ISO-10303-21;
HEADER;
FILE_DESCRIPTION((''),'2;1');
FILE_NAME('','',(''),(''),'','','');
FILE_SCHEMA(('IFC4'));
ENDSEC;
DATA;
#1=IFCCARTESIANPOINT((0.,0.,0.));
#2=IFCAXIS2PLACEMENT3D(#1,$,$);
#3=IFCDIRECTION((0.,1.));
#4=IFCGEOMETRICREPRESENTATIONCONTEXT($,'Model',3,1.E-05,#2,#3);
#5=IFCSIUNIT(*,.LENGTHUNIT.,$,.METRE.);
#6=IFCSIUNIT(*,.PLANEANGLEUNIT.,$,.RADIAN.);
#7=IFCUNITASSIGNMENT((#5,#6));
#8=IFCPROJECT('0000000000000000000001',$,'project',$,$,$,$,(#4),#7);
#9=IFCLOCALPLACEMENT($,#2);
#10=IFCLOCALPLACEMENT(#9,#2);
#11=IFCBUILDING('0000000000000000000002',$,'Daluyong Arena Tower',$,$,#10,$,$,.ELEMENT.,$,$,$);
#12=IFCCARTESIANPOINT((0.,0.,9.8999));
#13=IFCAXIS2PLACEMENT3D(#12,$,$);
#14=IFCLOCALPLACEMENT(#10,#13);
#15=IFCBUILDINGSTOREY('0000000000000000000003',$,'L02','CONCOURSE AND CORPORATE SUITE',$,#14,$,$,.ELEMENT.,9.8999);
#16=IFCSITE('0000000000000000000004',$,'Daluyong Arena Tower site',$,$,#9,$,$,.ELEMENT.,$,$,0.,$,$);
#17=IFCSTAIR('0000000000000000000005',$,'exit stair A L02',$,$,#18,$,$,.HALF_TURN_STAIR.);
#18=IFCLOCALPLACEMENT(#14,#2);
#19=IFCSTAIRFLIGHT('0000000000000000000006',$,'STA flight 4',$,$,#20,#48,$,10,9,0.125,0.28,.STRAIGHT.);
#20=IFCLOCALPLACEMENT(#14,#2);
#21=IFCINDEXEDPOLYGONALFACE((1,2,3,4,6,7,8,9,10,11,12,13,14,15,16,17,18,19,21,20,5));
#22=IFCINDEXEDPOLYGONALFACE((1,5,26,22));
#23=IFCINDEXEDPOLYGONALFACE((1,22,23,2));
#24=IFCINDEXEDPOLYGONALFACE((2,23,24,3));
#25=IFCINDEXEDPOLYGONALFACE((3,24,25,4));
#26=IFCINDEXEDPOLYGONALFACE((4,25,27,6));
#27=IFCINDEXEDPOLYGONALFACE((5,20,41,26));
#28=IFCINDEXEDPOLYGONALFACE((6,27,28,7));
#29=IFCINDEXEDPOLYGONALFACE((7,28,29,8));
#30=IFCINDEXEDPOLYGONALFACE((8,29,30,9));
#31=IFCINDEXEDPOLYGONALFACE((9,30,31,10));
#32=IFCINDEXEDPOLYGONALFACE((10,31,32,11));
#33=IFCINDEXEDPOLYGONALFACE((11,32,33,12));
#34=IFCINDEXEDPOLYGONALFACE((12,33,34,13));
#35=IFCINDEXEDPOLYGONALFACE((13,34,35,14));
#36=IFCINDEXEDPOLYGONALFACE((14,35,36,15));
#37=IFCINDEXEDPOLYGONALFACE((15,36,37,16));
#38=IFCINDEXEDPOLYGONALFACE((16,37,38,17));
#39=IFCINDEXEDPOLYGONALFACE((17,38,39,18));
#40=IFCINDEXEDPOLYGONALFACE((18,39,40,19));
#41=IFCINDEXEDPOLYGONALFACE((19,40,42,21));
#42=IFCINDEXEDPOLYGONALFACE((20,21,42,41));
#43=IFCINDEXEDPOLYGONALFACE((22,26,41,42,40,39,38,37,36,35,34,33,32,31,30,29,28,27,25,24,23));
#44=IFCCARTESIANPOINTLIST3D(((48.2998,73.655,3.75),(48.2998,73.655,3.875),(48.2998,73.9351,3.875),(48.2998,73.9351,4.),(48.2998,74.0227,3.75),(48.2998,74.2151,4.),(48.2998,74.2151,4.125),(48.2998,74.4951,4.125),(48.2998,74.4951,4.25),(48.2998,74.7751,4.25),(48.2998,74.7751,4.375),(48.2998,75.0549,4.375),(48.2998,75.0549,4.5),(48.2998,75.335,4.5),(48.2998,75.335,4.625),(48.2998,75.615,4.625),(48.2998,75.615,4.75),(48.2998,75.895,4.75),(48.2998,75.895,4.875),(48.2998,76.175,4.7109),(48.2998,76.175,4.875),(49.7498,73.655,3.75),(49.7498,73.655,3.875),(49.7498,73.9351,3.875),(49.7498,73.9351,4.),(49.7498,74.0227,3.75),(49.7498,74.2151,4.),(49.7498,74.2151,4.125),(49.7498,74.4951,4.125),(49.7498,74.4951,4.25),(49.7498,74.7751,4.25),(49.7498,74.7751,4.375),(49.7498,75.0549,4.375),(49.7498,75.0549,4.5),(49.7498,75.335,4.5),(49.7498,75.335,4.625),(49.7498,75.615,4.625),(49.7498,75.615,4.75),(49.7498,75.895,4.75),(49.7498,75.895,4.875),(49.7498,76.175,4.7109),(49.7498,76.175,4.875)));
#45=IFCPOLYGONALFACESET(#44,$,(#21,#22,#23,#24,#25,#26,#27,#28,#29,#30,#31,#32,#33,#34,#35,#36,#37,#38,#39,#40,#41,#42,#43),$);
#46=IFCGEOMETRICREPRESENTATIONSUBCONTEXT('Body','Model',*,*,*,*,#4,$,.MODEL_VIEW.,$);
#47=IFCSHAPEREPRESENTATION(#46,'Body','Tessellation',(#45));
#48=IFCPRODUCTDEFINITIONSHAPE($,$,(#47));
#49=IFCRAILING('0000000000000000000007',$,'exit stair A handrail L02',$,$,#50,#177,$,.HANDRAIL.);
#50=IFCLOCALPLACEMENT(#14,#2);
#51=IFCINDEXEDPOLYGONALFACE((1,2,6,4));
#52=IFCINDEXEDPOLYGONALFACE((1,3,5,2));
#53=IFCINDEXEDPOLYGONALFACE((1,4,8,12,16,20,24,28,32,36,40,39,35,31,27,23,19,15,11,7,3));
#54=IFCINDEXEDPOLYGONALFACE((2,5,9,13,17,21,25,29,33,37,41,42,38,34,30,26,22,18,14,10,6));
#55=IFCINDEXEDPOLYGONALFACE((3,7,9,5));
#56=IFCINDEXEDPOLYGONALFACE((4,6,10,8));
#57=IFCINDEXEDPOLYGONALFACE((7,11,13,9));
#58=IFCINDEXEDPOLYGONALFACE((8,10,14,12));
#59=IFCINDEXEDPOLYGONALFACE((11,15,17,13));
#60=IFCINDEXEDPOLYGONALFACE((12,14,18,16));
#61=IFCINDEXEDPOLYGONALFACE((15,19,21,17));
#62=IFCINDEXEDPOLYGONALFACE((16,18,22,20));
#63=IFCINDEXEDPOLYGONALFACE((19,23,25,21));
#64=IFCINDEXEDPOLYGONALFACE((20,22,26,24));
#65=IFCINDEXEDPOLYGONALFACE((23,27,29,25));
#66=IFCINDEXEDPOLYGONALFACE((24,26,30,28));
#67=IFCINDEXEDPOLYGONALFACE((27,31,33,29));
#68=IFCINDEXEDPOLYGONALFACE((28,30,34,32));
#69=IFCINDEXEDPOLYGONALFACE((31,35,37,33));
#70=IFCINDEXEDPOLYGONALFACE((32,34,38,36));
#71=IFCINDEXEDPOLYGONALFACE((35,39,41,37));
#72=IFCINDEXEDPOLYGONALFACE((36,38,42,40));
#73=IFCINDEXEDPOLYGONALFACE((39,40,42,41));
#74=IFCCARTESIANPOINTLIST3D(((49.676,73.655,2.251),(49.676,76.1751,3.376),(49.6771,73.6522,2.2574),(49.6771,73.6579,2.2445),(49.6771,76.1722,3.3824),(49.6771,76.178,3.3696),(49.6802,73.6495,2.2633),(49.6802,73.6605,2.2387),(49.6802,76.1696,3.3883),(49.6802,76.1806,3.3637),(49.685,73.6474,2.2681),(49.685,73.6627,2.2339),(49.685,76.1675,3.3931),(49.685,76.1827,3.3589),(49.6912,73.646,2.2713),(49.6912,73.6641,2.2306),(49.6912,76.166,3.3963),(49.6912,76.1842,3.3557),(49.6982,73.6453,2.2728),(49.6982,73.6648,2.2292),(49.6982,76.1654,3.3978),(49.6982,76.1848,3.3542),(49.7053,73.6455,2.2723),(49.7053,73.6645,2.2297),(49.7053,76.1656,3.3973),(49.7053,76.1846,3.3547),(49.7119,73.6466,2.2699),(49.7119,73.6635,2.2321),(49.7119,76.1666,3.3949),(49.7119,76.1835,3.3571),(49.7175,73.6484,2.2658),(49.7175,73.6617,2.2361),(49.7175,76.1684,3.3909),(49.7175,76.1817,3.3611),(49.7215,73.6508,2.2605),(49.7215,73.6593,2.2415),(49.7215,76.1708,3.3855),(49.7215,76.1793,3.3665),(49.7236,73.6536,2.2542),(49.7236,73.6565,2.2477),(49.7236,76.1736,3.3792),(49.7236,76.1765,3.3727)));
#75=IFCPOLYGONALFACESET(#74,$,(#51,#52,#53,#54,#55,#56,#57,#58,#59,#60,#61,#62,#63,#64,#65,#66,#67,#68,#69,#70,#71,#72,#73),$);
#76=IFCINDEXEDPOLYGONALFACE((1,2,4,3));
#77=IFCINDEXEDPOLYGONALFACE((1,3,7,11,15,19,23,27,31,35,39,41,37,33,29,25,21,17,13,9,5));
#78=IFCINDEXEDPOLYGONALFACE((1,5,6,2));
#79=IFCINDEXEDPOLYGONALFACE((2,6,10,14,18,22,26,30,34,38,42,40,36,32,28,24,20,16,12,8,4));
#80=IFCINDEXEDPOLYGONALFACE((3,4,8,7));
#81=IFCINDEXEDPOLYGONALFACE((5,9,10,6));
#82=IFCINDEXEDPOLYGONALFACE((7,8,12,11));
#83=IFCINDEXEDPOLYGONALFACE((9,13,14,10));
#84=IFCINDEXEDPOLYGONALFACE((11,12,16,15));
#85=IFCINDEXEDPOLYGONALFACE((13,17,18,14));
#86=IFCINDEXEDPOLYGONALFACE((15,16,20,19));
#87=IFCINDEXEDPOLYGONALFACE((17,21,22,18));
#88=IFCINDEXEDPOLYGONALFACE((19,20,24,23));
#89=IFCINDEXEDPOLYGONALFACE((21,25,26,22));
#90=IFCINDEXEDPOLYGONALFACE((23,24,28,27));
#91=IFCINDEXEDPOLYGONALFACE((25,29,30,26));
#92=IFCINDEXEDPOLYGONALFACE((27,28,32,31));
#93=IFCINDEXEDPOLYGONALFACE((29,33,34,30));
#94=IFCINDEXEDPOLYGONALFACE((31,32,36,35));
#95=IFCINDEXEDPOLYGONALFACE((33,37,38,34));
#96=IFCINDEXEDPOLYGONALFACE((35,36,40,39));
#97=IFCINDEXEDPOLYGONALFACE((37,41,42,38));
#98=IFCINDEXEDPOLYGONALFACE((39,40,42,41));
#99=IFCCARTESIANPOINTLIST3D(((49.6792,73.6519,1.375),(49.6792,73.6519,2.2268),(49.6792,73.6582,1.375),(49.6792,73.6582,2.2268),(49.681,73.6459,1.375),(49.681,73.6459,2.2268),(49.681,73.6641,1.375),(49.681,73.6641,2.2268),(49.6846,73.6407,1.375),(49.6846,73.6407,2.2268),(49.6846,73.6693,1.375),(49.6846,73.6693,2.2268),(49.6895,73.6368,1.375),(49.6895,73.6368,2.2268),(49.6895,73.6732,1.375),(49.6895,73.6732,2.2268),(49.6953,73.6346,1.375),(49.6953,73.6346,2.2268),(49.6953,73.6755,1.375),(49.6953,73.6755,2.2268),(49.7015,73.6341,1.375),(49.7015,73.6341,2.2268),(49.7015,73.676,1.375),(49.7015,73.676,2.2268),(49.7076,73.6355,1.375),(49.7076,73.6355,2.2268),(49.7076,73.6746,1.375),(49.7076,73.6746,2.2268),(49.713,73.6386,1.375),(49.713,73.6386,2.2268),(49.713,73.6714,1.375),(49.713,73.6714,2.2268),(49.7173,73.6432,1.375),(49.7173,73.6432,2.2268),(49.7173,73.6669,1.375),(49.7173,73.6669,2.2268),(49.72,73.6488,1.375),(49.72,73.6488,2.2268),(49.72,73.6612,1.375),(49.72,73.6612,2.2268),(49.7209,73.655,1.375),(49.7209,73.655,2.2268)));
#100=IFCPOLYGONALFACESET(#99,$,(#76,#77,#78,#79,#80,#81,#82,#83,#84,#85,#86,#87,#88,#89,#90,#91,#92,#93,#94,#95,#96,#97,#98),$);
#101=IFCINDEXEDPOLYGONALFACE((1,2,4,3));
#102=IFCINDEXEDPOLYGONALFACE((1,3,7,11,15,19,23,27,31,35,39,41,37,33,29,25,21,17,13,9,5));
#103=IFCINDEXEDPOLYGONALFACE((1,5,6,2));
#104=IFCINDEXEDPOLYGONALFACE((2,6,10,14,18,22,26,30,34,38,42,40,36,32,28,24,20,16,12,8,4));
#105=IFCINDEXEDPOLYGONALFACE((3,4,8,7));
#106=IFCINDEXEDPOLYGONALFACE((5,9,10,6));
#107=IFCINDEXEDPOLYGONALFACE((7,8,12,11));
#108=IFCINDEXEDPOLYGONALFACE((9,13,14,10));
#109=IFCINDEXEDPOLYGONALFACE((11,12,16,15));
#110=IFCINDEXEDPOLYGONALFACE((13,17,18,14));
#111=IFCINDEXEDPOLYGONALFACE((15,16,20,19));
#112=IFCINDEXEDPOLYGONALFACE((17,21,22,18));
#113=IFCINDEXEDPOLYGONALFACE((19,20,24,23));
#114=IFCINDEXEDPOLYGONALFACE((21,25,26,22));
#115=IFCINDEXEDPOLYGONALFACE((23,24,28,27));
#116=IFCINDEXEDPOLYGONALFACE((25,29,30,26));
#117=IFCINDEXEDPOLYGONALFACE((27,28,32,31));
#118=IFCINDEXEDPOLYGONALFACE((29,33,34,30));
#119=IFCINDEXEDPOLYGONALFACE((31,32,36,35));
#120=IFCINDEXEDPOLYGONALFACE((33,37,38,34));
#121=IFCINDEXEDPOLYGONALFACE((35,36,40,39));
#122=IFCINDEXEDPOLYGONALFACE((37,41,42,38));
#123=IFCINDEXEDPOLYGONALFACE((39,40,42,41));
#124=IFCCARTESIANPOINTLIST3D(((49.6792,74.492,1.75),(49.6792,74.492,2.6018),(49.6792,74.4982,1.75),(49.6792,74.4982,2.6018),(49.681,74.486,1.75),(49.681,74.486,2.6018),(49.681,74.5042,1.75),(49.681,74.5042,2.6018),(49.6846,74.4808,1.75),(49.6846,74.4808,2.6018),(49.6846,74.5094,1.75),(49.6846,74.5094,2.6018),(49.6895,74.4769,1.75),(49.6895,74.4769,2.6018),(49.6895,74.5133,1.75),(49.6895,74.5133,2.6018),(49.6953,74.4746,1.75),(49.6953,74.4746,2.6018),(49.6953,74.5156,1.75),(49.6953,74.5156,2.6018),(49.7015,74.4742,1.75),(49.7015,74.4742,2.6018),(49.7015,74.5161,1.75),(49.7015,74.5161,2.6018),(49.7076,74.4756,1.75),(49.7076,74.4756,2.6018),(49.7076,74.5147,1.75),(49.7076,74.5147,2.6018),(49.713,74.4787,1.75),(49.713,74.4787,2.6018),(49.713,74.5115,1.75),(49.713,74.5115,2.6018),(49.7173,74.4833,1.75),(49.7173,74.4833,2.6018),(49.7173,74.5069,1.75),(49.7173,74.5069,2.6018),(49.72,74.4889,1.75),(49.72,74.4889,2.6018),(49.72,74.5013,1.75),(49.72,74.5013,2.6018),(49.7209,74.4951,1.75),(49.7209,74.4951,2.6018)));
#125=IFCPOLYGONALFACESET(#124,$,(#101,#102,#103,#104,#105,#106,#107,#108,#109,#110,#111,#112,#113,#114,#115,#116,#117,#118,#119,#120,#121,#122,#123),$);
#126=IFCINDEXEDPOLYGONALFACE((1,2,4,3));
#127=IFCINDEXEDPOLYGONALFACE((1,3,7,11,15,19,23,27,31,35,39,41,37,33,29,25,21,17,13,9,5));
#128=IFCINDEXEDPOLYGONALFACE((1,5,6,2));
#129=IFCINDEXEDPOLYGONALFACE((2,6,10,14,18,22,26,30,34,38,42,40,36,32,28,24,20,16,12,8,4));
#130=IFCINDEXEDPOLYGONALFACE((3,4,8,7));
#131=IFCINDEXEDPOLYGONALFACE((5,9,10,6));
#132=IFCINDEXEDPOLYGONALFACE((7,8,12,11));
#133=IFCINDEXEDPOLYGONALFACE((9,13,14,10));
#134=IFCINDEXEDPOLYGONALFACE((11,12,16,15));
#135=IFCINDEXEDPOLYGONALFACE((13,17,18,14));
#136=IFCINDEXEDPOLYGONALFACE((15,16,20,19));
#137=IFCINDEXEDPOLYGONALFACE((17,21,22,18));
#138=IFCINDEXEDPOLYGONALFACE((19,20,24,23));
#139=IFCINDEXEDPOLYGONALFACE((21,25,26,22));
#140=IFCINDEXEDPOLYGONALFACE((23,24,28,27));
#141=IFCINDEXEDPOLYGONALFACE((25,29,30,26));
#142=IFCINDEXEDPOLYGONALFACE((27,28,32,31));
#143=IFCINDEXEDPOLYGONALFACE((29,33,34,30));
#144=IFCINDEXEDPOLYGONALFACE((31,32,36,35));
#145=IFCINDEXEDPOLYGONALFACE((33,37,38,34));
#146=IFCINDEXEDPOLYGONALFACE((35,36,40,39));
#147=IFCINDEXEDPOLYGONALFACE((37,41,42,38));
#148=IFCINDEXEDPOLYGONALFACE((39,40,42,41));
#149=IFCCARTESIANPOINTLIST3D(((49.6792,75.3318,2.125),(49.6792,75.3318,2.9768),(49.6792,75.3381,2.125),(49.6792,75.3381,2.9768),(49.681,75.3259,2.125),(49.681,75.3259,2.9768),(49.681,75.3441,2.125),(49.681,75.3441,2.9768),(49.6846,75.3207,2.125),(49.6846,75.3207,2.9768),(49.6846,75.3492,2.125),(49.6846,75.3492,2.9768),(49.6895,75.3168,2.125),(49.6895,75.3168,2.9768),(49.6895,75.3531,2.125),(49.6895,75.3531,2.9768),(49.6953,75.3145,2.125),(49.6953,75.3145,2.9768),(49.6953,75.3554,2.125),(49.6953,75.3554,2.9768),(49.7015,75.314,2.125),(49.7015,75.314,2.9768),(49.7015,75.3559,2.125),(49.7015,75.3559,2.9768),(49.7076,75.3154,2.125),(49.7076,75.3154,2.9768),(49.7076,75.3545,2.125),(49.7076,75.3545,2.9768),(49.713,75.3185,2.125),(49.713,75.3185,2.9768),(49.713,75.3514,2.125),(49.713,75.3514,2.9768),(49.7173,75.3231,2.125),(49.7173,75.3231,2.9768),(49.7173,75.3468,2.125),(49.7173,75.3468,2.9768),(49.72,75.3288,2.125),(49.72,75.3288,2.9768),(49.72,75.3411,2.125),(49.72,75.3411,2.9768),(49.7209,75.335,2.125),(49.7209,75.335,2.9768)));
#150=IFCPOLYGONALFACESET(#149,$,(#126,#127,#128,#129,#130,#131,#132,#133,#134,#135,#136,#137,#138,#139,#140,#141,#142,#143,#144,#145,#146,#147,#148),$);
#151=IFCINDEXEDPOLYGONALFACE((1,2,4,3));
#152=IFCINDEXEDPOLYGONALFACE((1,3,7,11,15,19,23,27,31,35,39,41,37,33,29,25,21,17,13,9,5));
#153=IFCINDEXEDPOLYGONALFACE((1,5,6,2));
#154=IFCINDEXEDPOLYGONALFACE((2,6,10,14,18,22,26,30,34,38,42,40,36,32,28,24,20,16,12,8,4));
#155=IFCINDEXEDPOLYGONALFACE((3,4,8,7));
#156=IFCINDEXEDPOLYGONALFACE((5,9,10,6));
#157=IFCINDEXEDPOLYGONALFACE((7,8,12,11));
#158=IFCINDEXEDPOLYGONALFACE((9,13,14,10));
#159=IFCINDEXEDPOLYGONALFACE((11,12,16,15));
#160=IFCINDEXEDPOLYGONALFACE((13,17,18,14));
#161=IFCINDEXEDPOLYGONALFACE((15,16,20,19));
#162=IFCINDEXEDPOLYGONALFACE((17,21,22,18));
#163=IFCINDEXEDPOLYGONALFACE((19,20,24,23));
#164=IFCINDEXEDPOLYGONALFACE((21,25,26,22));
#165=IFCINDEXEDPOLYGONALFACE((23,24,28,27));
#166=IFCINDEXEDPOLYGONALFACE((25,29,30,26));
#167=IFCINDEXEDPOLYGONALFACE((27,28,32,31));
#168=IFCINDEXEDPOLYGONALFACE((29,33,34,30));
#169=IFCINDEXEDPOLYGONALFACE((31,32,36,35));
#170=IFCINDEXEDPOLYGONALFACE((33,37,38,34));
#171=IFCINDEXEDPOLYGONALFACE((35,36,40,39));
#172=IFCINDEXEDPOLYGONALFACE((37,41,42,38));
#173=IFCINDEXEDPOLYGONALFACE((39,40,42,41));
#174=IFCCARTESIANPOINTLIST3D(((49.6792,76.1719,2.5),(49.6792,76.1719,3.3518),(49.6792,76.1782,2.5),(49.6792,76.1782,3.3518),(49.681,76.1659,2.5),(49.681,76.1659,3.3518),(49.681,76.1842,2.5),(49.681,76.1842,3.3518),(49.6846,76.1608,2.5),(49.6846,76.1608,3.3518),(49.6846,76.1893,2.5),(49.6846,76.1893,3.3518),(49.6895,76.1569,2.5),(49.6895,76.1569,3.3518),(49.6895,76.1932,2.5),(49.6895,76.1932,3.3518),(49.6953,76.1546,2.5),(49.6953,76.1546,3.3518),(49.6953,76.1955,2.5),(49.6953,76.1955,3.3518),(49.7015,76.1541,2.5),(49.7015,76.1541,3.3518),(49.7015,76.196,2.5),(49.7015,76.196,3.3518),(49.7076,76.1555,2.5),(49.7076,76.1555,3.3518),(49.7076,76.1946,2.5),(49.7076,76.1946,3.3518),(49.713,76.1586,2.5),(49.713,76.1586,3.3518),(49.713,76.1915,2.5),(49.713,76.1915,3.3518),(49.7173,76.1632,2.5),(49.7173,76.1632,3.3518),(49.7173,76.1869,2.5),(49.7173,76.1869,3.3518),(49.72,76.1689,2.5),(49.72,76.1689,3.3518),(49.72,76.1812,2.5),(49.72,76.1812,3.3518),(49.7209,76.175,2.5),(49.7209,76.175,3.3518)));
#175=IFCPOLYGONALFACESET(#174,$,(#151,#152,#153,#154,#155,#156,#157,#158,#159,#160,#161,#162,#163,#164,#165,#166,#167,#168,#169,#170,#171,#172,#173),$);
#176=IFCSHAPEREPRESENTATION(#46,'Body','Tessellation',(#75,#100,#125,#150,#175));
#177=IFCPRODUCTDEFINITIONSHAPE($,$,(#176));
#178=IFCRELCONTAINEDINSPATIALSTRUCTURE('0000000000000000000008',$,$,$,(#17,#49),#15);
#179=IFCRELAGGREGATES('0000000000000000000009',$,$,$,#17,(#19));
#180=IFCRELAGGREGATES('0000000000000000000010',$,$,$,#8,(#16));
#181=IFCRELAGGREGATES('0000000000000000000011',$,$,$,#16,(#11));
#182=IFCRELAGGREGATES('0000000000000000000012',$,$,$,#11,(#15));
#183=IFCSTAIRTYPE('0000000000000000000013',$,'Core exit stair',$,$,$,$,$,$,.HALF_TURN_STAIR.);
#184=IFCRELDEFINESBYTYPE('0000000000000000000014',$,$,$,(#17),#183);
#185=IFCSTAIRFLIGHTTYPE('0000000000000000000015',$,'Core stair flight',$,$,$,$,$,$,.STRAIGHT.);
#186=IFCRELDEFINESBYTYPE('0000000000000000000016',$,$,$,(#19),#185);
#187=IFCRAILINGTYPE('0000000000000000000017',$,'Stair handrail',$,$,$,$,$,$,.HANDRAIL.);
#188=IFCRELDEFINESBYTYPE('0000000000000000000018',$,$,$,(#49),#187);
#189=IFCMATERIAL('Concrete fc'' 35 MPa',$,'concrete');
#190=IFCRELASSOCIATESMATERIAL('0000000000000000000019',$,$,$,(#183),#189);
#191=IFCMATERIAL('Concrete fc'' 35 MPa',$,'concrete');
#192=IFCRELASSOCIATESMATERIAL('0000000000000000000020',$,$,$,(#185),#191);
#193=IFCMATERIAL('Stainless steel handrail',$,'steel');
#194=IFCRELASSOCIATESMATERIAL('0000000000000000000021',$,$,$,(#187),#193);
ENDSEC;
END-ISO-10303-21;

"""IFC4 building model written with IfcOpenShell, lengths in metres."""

from ifc_helpers import new_model, si_unit, direction, frame, origin, origin_2d, place, context, subcontext, project, spatial, polyline, circle, outline, extrude, material, type_object, element, aggregate, save


model = new_model("IFC4")

# Units and contexts
model_context = context("Model", 3, precision=1e-05, world=origin(), true_north=direction((0.0, 1.0)))
body_context = subcontext(model_context, "Body", "Model", "MODEL_VIEW")
ifc_project = project(units=[si_unit("LENGTHUNIT", "METRE"), si_unit("PLANEANGLEUNIT", "RADIAN")], contexts=[model_context])

# Site, building, storey
site_placement = place(None, origin())
site = spatial("IfcSite", under=ifc_project, at=site_placement, Name="Daluyong Arena Tower site", CompositionType="ELEMENT", RefElevation=0.0)
building_placement = place(site_placement, origin())
building = spatial("IfcBuilding", under=site, at=building_placement, Name="Daluyong Arena Tower", CompositionType="ELEMENT")
storey_placement = place(building_placement, frame((0.0, 0.0, 9.8999)))
storey = spatial("IfcBuildingStorey", under=building, at=storey_placement, Name="L02", Description="CONCOURSE AND CORPORATE SUITE", CompositionType="ELEMENT", Elevation=9.8999)

# Stair, stair flight
ifc_material_1 = material(Name="Concrete fc' 35 MPa", Category="concrete")
stair_type = type_object("IfcStairType", Name="Core exit stair", PredefinedType="HALF_TURN_STAIR", material=ifc_material_1)
stair_placement = place(storey_placement, origin())
stair = element("IfcStair", 1, at=stair_placement, inside=storey, type_object=stair_type, Name="exit stair A L02", PredefinedType="HALF_TURN_STAIR")
ifc_material_2 = material(Name="Concrete fc' 35 MPa", Category="concrete")
stair_flight_type = type_object("IfcStairFlightType", Name="Core stair flight", PredefinedType="STRAIGHT", material=ifc_material_2)
stair_flight_1_placement = place(storey_placement, frame((49.0249, 73.655, 3.75), z_axis=(0.0, 0.0, 1.0), x_axis=(0.0, 1.0, 0.0)))
stair_flight_1 = element("IfcStairFlight", 2, at=stair_flight_1_placement, type_object=stair_flight_type, Name="STA flight 4", NumberOfRisers=10, NumberOfTreads=9, PredefinedType="STRAIGHT", RiserHeight=0.125, TreadLength=0.28, context=body_context, shape_type="SweptSolid", body=[
    extrude(outline(polyline([(0.0, 0.0), (0.0, 0.125), (0.28, 0.125), (0.28, 0.25), (0.5601, 0.25), (0.5601, 0.375), (0.8401, 0.375), (0.8401, 0.5), (1.1201, 0.5), (1.1201, 0.625), (1.3999, 0.625), (1.3999, 0.75), (1.6799, 0.75), (1.6799, 0.875), (1.96, 0.875), (1.96, 1.0), (2.24, 1.0), (2.24, 1.125), (2.52, 1.125), (2.52, 1.25), (2.52, 0.9609), (0.3677, 0.0), (0.0, 0.0)])), frame((0.0, 0.7251, 0.0), z_axis=(0.0, -1.0, 0.0), x_axis=(1.0, 0.0, 0.0)), (0.0, 0.0, 1.0), 1.45),
])
aggregate(stair, [stair_flight_1])

# Railing
ifc_material_3 = material(Name="Stainless steel handrail", Category="steel")
railing_type_1 = type_object("IfcRailingType", Name="Stair handrail", PredefinedType="HANDRAIL", material=ifc_material_3)
for number, where, name in (
    (3, (49.7, 73.655, 1.375), "exit stair A handrail L02"),
):
    element("IfcRailing", number, at=place(storey_placement, frame(where)), inside=storey, type_object=railing_type_1, Name=name, PredefinedType="HANDRAIL", context=body_context, shape_type="SweptSolid", body=[
        extrude(circle(Radius=0.0239, at=origin_2d()), frame((0.0, 0.0, 0.876), z_axis=(0.0, 0.913139, 0.407648), x_axis=(-1.0, 0.0, 0.0)), (0.0, 0.0, 1.0), 2.7598),
        extrude(circle(Radius=0.021, at=origin_2d()), origin(), (0.0, 0.0, 1.0), 0.8518),
        extrude(circle(Radius=0.021, at=origin_2d()), frame((0.0, 0.8401, 0.375)), (0.0, 0.0, 1.0), 0.8518),
        extrude(circle(Radius=0.021, at=origin_2d()), frame((0.0, 1.6799, 0.75)), (0.0, 0.0, 1.0), 0.8518),
        extrude(circle(Radius=0.021, at=origin_2d()), frame((0.0, 2.52, 1.125)), (0.0, 0.0, 1.0), 0.8518),
    ])

save(model, "model.ifc")
